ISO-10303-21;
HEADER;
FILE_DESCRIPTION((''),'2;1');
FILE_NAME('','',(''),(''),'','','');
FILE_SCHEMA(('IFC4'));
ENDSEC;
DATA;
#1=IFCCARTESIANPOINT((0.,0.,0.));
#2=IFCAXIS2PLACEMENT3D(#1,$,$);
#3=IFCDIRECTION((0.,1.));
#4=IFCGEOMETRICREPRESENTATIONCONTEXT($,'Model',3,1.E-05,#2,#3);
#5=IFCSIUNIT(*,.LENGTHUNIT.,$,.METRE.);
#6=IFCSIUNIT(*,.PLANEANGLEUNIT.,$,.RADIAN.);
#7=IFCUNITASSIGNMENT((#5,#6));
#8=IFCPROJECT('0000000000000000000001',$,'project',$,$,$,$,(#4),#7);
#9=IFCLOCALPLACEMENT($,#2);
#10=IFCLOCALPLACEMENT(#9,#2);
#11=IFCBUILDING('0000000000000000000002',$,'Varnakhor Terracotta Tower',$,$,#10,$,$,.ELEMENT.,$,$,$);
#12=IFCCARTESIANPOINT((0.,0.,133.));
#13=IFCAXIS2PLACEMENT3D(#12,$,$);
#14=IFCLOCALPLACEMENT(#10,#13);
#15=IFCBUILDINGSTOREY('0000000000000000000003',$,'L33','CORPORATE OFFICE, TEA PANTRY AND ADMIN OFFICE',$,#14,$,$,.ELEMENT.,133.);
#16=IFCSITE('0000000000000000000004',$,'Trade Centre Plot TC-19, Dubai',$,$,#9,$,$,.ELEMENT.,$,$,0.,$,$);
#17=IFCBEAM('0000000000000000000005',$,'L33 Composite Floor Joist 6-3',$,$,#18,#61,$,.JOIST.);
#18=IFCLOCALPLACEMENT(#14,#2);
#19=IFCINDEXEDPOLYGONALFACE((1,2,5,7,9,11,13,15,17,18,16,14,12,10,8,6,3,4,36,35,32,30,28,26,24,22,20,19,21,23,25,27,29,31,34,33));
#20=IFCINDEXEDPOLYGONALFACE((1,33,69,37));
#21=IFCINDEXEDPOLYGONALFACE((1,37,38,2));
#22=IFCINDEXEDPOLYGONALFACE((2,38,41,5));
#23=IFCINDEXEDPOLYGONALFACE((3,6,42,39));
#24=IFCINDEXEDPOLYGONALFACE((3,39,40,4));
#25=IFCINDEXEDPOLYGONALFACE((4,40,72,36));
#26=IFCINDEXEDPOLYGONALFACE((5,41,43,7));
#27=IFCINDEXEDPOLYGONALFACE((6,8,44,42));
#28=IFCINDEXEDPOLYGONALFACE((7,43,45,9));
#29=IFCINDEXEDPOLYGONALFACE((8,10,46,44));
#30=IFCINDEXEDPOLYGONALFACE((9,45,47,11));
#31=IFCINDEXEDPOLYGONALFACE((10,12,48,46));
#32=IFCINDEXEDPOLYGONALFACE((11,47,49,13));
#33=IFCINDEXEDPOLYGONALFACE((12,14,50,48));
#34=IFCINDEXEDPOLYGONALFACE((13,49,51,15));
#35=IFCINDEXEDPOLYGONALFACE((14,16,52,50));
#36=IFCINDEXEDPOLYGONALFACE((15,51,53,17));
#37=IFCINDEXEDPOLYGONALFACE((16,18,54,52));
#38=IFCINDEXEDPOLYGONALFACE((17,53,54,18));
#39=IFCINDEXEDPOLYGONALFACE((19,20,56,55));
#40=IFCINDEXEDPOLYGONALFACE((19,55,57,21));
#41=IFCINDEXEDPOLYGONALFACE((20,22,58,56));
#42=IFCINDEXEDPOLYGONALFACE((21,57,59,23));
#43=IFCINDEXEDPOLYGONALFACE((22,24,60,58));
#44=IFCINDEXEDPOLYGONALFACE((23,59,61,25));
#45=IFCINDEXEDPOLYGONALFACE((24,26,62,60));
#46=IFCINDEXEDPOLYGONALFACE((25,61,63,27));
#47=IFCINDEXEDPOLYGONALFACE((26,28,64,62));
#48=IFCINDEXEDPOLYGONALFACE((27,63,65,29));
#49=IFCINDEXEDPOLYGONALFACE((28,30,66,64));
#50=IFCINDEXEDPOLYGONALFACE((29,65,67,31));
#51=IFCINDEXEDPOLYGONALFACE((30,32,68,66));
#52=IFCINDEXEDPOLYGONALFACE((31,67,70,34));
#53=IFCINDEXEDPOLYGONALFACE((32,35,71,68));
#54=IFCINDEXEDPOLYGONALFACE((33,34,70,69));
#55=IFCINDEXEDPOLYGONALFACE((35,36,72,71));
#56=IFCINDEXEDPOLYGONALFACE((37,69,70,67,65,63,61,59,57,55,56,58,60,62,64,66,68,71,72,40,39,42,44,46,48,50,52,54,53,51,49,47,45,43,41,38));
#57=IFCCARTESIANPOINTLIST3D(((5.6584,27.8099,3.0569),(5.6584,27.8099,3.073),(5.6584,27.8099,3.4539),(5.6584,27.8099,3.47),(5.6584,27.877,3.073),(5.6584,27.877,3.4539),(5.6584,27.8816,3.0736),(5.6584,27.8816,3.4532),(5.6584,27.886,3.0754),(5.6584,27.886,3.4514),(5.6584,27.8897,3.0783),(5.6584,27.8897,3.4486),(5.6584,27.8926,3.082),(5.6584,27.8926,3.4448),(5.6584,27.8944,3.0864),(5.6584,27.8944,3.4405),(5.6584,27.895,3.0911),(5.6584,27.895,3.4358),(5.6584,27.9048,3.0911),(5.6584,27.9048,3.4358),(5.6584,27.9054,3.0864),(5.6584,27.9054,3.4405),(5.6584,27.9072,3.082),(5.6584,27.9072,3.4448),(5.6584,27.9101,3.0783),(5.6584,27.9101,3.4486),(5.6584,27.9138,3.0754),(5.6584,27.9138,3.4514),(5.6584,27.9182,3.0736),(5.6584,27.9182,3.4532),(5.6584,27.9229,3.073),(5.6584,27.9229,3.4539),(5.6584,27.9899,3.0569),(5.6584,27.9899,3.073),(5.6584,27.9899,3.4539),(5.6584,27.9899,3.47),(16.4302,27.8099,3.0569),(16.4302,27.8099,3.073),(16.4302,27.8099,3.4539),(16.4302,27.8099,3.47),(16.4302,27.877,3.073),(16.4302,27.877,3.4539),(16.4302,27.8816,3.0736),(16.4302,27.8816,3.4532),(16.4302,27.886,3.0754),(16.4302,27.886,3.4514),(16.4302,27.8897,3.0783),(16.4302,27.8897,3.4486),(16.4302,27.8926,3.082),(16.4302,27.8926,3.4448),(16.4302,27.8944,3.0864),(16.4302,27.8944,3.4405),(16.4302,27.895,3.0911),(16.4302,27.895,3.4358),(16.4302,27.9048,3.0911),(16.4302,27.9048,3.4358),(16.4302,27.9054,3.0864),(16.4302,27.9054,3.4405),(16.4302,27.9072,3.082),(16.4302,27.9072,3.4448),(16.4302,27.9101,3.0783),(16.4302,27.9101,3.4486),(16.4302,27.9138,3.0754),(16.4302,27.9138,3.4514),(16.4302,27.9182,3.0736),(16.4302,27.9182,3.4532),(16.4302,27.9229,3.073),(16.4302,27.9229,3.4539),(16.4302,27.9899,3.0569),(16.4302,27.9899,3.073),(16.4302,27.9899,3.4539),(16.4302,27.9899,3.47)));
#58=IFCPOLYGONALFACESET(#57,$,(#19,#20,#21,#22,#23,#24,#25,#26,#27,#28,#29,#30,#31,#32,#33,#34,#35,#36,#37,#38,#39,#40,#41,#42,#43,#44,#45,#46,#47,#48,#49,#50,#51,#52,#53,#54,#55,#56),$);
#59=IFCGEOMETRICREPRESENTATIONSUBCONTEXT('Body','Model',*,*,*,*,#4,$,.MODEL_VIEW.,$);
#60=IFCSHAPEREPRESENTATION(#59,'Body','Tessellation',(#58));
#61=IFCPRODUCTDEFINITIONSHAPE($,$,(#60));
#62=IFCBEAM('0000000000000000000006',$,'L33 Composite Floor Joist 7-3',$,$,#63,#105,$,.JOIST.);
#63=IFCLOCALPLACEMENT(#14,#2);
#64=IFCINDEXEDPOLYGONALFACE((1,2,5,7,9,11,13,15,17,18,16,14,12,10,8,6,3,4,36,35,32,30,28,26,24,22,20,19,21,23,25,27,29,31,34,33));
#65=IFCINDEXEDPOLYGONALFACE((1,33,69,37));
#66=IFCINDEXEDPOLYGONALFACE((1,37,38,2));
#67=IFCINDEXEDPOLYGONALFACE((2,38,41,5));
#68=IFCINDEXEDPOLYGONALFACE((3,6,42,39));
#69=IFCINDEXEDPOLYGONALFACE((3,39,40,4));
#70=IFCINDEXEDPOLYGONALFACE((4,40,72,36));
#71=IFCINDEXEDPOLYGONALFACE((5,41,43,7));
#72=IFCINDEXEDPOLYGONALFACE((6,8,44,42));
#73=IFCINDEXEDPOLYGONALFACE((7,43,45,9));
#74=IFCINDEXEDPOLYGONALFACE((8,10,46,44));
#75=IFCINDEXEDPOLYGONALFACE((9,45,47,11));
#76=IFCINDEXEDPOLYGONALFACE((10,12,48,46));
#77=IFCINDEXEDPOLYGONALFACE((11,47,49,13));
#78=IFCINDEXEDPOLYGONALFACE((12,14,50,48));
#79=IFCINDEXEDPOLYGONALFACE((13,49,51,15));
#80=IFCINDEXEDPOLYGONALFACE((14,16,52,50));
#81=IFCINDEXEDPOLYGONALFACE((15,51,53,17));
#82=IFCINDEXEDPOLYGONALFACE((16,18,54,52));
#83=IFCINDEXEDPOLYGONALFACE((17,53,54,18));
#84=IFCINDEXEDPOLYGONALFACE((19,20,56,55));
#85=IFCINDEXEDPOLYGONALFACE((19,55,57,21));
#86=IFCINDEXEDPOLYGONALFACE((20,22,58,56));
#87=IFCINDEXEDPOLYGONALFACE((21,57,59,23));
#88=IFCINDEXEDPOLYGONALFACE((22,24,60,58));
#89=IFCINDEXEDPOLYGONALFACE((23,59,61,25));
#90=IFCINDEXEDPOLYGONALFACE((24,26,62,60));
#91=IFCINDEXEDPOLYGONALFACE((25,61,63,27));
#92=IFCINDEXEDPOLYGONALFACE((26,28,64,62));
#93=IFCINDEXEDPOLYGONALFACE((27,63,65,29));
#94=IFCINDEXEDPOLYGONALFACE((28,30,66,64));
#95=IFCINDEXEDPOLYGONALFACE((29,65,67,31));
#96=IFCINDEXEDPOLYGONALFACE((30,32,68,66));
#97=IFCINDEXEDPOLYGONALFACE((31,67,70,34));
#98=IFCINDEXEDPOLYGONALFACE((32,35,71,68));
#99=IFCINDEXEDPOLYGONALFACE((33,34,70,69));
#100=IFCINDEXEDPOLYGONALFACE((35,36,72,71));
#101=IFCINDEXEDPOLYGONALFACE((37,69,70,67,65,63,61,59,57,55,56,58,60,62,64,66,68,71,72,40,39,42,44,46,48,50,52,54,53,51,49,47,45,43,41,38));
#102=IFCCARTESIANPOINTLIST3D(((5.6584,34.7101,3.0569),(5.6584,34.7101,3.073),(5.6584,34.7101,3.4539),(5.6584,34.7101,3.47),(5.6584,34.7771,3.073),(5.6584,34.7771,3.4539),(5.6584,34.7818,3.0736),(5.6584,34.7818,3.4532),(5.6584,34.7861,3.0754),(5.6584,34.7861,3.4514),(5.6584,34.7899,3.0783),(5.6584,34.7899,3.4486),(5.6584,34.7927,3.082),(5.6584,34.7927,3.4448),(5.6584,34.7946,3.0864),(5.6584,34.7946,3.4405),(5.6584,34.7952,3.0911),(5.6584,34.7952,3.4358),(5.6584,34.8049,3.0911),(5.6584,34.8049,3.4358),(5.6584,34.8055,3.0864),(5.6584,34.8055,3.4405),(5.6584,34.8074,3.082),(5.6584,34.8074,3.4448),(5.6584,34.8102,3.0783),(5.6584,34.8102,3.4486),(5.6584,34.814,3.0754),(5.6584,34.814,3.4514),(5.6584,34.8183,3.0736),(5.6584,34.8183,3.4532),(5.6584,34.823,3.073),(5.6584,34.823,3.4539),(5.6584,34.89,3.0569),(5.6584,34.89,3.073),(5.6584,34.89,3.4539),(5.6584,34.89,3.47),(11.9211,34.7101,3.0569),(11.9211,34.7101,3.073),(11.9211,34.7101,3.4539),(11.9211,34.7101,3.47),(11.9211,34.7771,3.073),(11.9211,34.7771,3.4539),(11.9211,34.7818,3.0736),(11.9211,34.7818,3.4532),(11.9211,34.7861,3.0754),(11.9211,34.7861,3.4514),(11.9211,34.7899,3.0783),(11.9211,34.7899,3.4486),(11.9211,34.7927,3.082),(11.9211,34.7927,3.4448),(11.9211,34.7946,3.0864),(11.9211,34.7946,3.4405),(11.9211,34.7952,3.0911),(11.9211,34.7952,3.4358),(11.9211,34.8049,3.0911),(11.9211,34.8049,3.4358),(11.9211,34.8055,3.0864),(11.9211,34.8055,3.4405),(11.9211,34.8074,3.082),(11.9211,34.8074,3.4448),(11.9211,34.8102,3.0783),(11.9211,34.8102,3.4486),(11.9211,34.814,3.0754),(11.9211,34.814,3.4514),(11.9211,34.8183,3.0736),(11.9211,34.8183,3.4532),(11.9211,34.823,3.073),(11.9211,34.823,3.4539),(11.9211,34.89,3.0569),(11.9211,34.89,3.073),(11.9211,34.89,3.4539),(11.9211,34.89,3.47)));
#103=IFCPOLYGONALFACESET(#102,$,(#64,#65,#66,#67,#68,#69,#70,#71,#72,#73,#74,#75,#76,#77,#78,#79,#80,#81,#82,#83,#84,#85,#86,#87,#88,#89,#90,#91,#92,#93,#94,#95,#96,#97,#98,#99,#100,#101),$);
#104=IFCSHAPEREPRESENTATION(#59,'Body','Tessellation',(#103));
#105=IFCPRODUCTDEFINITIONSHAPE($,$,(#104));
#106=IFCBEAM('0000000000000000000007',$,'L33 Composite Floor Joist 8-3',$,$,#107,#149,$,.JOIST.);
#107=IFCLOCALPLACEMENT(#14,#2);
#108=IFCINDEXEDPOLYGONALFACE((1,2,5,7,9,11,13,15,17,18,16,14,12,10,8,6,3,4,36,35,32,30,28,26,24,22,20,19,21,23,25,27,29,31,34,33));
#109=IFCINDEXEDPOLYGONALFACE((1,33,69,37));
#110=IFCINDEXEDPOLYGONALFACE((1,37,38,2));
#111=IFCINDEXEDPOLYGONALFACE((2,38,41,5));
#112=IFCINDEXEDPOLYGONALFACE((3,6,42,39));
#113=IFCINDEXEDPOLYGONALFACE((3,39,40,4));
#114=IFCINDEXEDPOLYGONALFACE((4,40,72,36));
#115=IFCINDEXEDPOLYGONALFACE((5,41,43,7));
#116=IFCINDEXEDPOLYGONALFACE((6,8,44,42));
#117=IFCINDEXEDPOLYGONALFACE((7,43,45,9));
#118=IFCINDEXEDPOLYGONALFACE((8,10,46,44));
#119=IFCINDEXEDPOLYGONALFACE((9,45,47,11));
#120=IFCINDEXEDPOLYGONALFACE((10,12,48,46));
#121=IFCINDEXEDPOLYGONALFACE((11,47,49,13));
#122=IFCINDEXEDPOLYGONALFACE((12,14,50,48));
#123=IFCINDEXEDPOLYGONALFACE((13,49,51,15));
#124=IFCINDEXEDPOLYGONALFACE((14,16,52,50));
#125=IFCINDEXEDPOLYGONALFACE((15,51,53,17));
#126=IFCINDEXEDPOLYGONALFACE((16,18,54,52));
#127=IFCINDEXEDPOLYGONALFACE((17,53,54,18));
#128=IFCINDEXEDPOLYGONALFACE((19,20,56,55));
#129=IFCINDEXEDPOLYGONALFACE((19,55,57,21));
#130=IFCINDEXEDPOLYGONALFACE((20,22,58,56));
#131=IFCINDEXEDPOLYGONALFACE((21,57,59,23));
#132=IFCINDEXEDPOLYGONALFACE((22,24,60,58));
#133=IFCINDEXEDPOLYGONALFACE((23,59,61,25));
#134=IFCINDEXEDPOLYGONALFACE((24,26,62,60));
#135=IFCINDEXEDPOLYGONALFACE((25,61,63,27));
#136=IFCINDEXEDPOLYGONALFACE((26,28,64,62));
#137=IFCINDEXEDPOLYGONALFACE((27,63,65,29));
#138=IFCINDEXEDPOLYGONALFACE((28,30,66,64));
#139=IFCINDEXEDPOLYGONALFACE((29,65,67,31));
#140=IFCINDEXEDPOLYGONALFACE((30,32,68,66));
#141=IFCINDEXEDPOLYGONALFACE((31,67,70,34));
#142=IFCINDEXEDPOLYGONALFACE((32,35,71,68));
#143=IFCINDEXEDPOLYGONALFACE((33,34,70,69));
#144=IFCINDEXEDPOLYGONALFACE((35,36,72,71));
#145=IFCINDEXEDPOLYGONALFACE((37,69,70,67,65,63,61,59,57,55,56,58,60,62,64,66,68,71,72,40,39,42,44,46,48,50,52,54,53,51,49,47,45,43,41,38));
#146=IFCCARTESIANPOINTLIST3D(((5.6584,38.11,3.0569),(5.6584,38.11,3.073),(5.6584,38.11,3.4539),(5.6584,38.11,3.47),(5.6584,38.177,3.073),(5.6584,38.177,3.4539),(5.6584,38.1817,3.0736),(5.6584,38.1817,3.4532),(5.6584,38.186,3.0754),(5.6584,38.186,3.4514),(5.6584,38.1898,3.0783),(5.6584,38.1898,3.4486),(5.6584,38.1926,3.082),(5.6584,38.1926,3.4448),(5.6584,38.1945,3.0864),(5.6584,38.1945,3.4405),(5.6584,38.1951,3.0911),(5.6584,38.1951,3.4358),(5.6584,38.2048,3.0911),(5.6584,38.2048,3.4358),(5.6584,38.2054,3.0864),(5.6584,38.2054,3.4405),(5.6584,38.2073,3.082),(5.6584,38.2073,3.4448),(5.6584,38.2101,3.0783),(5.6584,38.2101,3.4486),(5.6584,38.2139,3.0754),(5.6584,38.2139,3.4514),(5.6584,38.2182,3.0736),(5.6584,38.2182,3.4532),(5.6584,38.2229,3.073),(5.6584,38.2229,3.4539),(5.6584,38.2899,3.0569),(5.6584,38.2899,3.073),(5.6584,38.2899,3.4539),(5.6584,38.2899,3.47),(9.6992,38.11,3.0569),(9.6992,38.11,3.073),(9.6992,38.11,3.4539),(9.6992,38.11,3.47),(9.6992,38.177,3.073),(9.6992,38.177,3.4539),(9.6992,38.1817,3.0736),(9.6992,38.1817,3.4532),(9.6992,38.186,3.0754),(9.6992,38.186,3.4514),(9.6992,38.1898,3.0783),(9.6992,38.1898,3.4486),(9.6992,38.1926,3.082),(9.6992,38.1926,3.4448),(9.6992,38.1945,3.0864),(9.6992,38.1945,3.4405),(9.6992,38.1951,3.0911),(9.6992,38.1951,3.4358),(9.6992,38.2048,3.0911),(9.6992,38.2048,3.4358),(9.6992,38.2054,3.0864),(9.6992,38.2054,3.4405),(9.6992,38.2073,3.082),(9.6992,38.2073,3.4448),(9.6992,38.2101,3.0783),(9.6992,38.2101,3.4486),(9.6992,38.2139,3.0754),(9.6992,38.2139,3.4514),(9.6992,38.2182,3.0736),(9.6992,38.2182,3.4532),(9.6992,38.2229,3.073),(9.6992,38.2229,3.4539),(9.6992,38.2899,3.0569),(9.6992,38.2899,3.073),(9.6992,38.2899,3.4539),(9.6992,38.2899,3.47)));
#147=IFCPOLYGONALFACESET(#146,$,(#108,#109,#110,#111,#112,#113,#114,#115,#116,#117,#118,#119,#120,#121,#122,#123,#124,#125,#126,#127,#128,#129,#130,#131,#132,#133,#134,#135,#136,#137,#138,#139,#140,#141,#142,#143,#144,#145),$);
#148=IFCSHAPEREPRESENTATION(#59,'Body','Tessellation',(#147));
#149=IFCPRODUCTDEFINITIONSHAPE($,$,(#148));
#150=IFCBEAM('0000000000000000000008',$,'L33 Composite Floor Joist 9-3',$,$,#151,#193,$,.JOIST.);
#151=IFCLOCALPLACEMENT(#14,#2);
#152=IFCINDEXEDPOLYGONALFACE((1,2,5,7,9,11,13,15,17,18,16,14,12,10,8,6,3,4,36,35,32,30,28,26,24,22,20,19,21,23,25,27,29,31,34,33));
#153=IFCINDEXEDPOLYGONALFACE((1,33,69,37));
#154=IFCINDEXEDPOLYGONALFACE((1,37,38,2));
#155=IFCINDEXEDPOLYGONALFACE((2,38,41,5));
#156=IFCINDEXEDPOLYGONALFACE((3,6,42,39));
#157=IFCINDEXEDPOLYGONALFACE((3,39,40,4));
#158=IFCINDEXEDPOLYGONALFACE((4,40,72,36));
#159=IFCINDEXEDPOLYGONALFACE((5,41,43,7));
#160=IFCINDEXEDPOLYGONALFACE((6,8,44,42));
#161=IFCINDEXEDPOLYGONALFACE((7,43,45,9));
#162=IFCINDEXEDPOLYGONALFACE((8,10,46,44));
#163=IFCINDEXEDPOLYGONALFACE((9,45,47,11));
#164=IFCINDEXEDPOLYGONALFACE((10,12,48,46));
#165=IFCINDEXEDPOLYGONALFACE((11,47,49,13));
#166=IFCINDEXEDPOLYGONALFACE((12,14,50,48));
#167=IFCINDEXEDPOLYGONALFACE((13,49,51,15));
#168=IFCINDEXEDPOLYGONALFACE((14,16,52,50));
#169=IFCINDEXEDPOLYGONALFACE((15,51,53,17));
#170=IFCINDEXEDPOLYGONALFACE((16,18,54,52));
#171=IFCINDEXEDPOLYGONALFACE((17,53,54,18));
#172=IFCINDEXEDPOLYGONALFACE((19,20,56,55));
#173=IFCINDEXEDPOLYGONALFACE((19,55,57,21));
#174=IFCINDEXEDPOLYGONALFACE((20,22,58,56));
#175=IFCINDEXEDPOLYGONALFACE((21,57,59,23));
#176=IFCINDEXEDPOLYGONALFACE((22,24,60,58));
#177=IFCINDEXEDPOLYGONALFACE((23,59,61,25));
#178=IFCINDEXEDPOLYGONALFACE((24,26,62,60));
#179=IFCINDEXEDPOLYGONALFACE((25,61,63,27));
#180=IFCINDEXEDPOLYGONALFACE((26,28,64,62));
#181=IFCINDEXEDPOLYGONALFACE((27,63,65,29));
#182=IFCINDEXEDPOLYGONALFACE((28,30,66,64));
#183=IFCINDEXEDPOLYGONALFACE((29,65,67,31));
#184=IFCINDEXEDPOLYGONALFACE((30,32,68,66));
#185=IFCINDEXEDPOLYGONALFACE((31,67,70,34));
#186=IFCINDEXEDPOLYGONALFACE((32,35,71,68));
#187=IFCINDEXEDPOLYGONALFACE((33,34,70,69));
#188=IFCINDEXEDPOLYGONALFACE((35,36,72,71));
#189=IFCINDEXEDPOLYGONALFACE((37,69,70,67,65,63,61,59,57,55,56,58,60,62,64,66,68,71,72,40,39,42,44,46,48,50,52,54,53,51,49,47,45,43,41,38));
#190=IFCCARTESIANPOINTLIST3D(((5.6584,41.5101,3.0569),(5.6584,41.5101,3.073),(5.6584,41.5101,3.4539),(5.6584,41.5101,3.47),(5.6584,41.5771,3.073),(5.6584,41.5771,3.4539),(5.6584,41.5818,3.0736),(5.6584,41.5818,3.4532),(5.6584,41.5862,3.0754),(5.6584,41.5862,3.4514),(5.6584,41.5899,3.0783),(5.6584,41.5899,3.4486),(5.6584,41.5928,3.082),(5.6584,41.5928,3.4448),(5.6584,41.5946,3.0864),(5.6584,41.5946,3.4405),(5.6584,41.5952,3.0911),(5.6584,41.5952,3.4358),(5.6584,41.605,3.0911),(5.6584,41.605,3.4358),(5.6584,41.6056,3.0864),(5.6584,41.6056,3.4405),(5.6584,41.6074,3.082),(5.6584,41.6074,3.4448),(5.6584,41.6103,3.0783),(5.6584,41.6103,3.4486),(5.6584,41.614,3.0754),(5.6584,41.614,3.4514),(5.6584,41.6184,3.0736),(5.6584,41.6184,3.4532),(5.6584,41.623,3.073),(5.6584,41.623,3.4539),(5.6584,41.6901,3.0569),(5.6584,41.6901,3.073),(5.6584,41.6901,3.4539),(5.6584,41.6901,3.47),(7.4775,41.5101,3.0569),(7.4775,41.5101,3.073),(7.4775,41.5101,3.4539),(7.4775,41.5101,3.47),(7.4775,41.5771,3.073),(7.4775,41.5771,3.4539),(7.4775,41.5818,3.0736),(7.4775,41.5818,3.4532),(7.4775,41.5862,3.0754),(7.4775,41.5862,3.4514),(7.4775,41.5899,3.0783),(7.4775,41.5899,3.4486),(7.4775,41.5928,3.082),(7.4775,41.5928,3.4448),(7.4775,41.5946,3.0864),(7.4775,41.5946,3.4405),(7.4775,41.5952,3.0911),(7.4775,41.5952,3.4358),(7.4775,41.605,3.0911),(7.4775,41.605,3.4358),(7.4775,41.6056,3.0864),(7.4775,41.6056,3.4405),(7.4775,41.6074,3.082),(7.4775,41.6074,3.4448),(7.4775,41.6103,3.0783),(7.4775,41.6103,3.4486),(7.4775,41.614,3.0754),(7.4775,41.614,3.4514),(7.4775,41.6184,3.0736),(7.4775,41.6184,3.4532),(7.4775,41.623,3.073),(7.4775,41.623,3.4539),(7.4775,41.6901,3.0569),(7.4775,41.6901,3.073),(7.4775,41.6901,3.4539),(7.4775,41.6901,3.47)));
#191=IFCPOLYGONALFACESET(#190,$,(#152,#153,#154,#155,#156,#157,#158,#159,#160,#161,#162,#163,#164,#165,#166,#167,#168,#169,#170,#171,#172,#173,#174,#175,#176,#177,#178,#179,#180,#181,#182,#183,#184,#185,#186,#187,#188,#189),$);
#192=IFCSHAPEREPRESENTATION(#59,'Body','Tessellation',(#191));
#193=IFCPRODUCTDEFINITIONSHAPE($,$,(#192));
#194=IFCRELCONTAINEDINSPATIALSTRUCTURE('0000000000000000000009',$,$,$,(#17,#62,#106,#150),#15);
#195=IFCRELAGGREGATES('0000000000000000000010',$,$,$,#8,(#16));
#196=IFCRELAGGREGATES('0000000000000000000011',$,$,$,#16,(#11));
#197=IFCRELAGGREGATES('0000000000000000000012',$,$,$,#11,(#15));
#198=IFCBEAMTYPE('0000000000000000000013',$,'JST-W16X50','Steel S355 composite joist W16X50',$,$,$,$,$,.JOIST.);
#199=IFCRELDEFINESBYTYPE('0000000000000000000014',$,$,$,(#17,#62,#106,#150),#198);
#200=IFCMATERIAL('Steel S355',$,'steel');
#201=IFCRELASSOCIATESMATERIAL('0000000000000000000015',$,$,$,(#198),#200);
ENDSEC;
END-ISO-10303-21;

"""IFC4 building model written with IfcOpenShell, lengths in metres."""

from ifc_helpers import new_model, si_unit, direction, frame, origin, origin_2d, place, context, subcontext, project, spatial, i_section, extrude, source, transform, mapped, material, material_profile, profile_set, type_object, element, save


model = new_model("IFC4")

# Units and contexts
model_context = context("Model", 3, precision=1e-05, world=origin(), true_north=direction((0.0, 1.0)))
body_context = subcontext(model_context, "Body", "Model", "MODEL_VIEW")
ifc_project = project(units=[si_unit("LENGTHUNIT", "METRE"), si_unit("PLANEANGLEUNIT", "RADIAN")], contexts=[model_context])

# Site, building, storey
site_placement = place(None, origin())
site = spatial("IfcSite", under=ifc_project, at=site_placement, Name="Trade Centre Plot TC-19, Dubai", CompositionType="ELEMENT", RefElevation=0.0)
building_placement = place(site_placement, origin())
building = spatial("IfcBuilding", under=site, at=building_placement, Name="Varnakhor Terracotta Tower", CompositionType="ELEMENT")
storey_placement = place(building_placement, frame((0.0, 0.0, 133.0)))
storey = spatial("IfcBuildingStorey", under=building, at=storey_placement, Name="L33", Description="CORPORATE OFFICE, TEA PANTRY AND ADMIN OFFICE", CompositionType="ELEMENT", Elevation=133.0)

# Beams
ifc_material_1 = material(Name="Steel S355", Category="steel")
ifc_material_profile_1 = material_profile(ifc_material_1, i_section(OverallWidth=0.1799, OverallDepth=0.4131, WebThickness=0.0098, FlangeThickness=0.0161, FilletRadius=0.0181, at=origin_2d()), Name="W16X50")
ifc_profile_set_1 = profile_set([ifc_material_profile_1], Name="Steel S355")
beam_type_1 = type_object("IfcBeamType", Name="JST-W16X50", Description="Steel S355 composite joist W16X50", PredefinedType="JOIST", material=ifc_profile_set_1)
shared_shape_1 = source(origin(), body_context, "Body", "SweptSolid", [
    extrude(i_section(OverallWidth=0.1799, OverallDepth=0.4131, WebThickness=0.0098, FlangeThickness=0.0161, FilletRadius=0.0181, at=origin_2d()), origin(), (0.0, 0.0, 1.0), 10.7717),
])
beam_1_placement = place(storey_placement, frame((5.6584, 27.8999, 3.2634), z_axis=(1.0, 0.0, 0.0), x_axis=(0.0, 1.0, 0.0)))
element("IfcBeam", 1, at=beam_1_placement, inside=storey, type_object=beam_type_1, Name="L33 Composite Floor Joist 6-3", PredefinedType="JOIST", context=body_context, shape_type="MappedRepresentation", body=[
    mapped(shared_shape_1, transform((0.0, 0.0, 0.0), scale=1.0)),
])
shared_shape_2 = source(origin(), body_context, "Body", "SweptSolid", [
    extrude(i_section(OverallWidth=0.1799, OverallDepth=0.4131, WebThickness=0.0098, FlangeThickness=0.0161, FilletRadius=0.0181, at=origin_2d()), origin(), (0.0, 0.0, 1.0), 6.2627),
])
beam_2_placement = place(storey_placement, frame((5.6584, 34.8, 3.2634), z_axis=(1.0, 0.0, 0.0), x_axis=(0.0, 1.0, 0.0)))
element("IfcBeam", 2, at=beam_2_placement, inside=storey, type_object=beam_type_1, Name="L33 Composite Floor Joist 7-3", PredefinedType="JOIST", context=body_context, shape_type="MappedRepresentation", body=[
    mapped(shared_shape_2, transform((0.0, 0.0, 0.0), scale=1.0)),
])
shared_shape_3 = source(origin(), body_context, "Body", "SweptSolid", [
    extrude(i_section(OverallWidth=0.1799, OverallDepth=0.4131, WebThickness=0.0098, FlangeThickness=0.0161, FilletRadius=0.0181, at=origin_2d()), origin(), (0.0, 0.0, 1.0), 4.0408),
])
beam_3_placement = place(storey_placement, frame((5.6584, 38.2, 3.2634), z_axis=(1.0, 0.0, 0.0), x_axis=(0.0, 1.0, 0.0)))
element("IfcBeam", 3, at=beam_3_placement, inside=storey, type_object=beam_type_1, Name="L33 Composite Floor Joist 8-3", PredefinedType="JOIST", context=body_context, shape_type="MappedRepresentation", body=[
    mapped(shared_shape_3, transform((0.0, 0.0, 0.0), scale=1.0)),
])
shared_shape_4 = source(origin(), body_context, "Body", "SweptSolid", [
    extrude(i_section(OverallWidth=0.1799, OverallDepth=0.4131, WebThickness=0.0098, FlangeThickness=0.0161, FilletRadius=0.0181, at=origin_2d()), origin(), (0.0, 0.0, 1.0), 1.8191),
])
beam_4_placement = place(storey_placement, frame((5.6584, 41.6001, 3.2634), z_axis=(1.0, 0.0, 0.0), x_axis=(0.0, 1.0, 0.0)))
element("IfcBeam", 4, at=beam_4_placement, inside=storey, type_object=beam_type_1, Name="L33 Composite Floor Joist 9-3", PredefinedType="JOIST", context=body_context, shape_type="MappedRepresentation", body=[
    mapped(shared_shape_4, transform((0.0, 0.0, 0.0), scale=1.0)),
])

save(model, "model.ifc")
